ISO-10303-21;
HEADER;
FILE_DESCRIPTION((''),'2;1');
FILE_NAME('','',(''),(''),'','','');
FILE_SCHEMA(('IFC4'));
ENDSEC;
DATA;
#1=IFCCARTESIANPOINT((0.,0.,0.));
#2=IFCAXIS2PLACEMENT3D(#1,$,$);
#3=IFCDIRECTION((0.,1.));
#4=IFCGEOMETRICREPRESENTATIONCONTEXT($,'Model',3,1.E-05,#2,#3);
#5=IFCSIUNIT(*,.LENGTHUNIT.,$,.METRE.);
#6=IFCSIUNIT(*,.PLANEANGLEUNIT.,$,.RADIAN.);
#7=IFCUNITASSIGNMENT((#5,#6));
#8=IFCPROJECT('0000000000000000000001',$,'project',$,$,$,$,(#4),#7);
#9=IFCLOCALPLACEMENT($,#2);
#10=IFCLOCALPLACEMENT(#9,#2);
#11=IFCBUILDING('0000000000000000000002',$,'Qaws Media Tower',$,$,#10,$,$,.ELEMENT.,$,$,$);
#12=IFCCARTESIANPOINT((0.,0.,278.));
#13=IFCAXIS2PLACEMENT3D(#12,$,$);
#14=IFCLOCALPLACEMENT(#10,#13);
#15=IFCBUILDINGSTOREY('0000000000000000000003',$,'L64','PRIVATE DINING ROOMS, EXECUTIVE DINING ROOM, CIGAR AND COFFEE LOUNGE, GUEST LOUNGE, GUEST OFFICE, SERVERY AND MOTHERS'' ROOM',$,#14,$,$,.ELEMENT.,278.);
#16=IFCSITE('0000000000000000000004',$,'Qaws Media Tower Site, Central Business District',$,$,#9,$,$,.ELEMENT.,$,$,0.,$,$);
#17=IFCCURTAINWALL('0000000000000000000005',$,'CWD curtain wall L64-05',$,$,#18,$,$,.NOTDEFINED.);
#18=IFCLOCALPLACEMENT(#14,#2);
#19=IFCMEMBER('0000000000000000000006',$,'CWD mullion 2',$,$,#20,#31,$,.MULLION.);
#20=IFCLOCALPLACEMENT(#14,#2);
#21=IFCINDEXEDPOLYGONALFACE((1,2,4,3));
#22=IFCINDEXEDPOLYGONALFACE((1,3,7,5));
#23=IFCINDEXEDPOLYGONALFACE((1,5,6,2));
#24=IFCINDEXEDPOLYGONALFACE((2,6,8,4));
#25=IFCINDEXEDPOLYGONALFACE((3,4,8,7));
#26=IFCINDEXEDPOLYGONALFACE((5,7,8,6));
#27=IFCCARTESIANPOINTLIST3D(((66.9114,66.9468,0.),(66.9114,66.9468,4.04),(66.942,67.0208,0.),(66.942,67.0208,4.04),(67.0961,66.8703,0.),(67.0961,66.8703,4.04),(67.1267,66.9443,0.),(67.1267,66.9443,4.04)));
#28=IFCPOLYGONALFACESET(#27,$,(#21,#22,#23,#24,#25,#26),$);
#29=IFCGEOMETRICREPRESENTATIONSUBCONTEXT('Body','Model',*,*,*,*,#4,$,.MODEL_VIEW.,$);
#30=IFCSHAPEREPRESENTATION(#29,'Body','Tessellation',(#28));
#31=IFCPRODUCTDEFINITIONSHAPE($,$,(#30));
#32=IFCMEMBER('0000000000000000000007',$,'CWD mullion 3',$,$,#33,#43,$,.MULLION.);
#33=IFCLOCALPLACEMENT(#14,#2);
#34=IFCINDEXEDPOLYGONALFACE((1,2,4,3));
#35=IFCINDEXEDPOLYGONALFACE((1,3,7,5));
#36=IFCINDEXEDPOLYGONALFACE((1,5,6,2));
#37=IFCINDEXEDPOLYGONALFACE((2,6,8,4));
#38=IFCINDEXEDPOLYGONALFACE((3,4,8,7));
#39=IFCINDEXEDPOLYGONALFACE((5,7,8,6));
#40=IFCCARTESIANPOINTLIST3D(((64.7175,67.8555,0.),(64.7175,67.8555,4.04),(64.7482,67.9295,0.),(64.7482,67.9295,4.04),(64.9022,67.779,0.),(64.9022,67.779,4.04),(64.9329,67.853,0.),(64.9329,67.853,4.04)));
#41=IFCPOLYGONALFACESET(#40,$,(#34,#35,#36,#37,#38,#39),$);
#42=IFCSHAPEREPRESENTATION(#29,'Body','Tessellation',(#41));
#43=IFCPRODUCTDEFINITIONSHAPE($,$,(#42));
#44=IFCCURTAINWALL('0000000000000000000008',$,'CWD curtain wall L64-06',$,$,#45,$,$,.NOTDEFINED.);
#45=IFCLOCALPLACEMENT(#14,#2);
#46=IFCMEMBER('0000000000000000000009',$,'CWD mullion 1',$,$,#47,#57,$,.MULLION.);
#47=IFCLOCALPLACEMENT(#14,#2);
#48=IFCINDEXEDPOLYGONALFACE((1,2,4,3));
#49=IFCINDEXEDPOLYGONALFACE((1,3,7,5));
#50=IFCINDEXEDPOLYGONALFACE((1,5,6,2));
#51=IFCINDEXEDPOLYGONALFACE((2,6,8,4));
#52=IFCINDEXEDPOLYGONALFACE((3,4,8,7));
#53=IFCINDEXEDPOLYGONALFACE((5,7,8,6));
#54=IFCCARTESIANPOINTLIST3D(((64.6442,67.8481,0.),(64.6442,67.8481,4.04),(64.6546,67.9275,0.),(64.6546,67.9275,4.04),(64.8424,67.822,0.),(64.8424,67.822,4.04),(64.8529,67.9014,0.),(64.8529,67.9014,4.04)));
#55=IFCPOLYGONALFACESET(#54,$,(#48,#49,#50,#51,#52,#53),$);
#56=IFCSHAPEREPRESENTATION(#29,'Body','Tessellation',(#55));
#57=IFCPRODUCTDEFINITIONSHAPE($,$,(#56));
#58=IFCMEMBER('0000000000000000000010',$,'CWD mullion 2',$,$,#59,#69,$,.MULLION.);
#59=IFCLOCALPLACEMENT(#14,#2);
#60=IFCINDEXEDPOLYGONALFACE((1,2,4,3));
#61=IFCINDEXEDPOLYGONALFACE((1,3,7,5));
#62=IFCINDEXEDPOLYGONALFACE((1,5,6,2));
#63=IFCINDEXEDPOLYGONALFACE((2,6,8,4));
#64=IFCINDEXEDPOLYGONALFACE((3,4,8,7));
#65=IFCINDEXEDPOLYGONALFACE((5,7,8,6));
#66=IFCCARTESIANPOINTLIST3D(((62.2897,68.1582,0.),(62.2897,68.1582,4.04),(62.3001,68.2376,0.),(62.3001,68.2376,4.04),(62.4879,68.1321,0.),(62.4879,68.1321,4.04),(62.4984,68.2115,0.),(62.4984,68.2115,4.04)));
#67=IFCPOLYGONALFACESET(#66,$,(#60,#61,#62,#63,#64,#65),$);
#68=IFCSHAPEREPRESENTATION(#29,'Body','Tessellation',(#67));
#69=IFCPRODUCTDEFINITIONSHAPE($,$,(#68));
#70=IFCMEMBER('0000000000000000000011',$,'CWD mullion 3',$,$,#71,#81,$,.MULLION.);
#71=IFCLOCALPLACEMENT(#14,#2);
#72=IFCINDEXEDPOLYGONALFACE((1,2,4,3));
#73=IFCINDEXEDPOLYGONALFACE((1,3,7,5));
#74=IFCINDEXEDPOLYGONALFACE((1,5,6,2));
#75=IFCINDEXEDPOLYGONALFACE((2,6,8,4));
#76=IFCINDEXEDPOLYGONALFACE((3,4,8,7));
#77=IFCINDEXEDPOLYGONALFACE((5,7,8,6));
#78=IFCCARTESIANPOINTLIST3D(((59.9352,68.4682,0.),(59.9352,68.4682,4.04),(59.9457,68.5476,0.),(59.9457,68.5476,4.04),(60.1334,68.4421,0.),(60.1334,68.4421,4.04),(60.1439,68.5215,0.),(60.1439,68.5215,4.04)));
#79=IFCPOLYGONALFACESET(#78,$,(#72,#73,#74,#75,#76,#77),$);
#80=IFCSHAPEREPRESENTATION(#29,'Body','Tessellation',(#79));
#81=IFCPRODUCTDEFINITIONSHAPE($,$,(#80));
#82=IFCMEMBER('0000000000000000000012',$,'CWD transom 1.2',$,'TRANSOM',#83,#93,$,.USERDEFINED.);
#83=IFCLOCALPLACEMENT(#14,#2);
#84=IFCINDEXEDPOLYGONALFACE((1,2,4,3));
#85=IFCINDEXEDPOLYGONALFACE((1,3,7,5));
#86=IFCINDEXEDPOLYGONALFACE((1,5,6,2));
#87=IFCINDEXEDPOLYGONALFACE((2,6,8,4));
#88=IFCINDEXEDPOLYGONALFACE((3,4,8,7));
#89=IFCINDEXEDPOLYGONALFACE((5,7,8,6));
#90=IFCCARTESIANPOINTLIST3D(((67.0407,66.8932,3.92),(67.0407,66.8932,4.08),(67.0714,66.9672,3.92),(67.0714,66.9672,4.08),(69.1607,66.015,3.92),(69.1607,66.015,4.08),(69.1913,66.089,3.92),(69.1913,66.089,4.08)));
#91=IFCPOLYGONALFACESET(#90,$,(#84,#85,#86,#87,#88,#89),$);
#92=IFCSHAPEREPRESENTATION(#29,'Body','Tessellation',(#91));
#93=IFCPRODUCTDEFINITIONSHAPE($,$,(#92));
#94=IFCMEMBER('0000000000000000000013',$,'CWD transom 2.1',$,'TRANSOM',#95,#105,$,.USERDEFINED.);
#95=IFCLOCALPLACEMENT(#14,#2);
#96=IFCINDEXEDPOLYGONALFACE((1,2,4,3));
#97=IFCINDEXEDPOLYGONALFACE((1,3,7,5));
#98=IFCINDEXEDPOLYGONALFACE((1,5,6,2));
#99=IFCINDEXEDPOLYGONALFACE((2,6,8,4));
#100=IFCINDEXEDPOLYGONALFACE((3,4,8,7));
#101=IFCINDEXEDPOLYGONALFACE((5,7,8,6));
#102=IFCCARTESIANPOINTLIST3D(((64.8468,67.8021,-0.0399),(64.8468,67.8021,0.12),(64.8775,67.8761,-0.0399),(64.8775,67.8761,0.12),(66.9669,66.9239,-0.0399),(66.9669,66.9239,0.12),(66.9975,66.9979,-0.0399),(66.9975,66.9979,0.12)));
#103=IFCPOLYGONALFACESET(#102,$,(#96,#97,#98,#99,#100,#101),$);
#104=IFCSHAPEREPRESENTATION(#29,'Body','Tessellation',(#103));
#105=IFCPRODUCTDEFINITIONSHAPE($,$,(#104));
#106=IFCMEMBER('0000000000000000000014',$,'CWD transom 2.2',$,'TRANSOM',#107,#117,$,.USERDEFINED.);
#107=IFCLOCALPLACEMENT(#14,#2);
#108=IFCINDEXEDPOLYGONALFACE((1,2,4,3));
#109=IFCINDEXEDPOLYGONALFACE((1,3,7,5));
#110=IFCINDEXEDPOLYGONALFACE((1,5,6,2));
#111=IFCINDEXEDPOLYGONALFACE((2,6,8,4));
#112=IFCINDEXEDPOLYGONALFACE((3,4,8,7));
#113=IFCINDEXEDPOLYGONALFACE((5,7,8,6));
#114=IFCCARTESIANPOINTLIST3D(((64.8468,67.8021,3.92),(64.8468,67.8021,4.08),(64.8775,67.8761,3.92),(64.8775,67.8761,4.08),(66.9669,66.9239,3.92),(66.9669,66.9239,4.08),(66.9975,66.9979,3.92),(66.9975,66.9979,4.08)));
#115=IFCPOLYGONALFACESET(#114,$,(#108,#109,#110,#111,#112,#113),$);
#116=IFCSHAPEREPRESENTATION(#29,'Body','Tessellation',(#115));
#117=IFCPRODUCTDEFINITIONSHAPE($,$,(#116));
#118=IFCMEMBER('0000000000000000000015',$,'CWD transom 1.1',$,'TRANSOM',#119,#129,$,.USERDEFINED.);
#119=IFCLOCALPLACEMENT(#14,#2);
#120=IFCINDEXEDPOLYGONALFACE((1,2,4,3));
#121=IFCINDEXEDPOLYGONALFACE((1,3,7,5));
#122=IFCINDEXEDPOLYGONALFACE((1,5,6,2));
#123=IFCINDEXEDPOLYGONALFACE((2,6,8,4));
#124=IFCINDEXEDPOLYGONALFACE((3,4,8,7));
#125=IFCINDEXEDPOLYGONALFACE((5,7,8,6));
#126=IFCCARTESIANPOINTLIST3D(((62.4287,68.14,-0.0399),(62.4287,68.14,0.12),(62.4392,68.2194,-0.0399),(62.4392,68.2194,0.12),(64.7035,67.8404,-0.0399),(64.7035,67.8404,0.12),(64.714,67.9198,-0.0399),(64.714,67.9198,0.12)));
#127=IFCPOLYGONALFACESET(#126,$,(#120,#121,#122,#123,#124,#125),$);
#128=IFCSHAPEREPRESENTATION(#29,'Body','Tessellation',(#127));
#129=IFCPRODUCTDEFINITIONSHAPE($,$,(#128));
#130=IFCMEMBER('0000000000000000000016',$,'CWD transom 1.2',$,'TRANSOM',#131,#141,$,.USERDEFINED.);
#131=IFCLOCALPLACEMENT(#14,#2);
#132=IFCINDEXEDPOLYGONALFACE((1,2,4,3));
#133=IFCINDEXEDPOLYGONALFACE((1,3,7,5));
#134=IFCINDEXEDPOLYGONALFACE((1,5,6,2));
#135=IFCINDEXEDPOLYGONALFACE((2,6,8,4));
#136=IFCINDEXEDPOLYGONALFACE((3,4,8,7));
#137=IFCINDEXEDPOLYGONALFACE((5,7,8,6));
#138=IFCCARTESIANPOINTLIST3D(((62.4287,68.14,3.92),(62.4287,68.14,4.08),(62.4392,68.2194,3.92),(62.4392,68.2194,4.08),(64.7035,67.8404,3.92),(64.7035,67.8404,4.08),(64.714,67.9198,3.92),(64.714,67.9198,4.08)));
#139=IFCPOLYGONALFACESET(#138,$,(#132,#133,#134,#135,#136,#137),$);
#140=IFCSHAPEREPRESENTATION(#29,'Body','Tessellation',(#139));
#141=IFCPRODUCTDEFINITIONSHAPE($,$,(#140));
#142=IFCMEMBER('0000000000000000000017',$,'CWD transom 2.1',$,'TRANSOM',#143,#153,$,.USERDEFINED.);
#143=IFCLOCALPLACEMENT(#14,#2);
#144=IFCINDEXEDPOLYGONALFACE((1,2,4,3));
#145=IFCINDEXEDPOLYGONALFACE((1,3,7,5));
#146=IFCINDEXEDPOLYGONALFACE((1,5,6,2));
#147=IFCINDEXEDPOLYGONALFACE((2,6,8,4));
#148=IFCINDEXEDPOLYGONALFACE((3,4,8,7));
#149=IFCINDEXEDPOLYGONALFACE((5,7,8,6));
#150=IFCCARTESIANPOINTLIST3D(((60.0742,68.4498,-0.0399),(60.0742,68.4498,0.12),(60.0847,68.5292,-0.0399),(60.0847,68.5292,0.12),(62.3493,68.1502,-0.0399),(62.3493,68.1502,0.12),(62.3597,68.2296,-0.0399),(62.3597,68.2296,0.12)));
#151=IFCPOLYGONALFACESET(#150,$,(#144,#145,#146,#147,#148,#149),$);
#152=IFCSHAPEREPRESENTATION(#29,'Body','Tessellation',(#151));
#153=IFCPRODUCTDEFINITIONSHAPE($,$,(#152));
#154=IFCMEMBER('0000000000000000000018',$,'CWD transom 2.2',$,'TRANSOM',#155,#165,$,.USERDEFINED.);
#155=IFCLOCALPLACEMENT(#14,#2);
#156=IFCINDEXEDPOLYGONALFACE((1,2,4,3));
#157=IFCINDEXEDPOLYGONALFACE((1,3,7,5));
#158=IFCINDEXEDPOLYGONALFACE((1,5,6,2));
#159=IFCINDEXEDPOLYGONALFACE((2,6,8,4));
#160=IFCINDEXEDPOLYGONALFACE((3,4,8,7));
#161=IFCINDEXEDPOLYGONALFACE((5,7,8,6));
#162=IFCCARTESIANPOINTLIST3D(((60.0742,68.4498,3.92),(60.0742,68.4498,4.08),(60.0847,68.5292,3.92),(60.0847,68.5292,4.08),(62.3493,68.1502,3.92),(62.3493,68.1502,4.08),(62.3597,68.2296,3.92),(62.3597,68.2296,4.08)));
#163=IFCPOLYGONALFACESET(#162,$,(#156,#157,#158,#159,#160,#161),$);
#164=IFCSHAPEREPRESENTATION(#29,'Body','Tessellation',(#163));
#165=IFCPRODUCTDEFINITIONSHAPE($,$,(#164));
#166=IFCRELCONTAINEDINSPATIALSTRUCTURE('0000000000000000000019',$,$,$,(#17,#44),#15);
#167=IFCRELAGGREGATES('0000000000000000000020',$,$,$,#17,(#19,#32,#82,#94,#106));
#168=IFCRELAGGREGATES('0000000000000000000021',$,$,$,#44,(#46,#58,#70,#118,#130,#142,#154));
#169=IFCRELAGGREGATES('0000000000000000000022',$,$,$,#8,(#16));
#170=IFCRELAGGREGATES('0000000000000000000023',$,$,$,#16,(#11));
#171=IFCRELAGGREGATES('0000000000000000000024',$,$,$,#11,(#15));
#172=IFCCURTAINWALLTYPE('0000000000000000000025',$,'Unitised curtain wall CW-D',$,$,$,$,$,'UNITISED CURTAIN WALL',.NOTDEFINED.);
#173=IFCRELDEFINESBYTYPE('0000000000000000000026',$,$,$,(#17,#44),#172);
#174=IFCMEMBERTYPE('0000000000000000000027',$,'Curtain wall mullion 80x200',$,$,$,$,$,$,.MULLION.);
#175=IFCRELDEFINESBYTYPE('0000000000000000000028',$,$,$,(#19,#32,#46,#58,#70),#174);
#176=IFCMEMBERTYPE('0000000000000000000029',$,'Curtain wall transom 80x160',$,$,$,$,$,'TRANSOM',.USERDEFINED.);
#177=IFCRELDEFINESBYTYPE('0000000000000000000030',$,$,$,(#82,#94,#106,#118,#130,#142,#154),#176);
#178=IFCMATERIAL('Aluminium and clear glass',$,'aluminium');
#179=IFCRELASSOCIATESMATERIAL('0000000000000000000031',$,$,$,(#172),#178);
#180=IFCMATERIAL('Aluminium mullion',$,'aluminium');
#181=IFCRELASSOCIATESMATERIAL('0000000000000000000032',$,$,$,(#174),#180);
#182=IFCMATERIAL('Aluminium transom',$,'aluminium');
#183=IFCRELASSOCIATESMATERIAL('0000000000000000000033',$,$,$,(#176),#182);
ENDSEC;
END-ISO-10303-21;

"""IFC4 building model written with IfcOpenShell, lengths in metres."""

from ifc_helpers import new_model, si_unit, direction, frame, origin, origin_2d, place, context, subcontext, project, spatial, rectangle, extrude, material, material_profile, profile_set, type_object, element, aggregate, save


model = new_model("IFC4")

# Units and contexts
model_context = context("Model", 3, precision=1e-05, world=origin(), true_north=direction((0.0, 1.0)))
body_context = subcontext(model_context, "Body", "Model", "MODEL_VIEW")
ifc_project = project(units=[si_unit("LENGTHUNIT", "METRE"), si_unit("PLANEANGLEUNIT", "RADIAN")], contexts=[model_context])

# Site, building, storey
site_placement = place(None, origin())
site = spatial("IfcSite", under=ifc_project, at=site_placement, Name="Qaws Media Tower Site, Central Business District", CompositionType="ELEMENT", RefElevation=0.0)
building_placement = place(site_placement, origin())
building = spatial("IfcBuilding", under=site, at=building_placement, Name="Qaws Media Tower", CompositionType="ELEMENT")
storey_placement = place(building_placement, frame((0.0, 0.0, 278.0)))
storey = spatial("IfcBuildingStorey", under=building, at=storey_placement, Name="L64", Description="PRIVATE DINING ROOMS, EXECUTIVE DINING ROOM, CIGAR AND COFFEE LOUNGE, GUEST LOUNGE, GUEST OFFICE, SERVERY AND MOTHERS' ROOM", CompositionType="ELEMENT", Elevation=278.0)

# Curtain walls, members
ifc_material_1 = material(Name="Aluminium and clear glass", Category="aluminium")
curtain_wall_type = type_object("IfcCurtainWallType", Name="Unitised curtain wall CW-D", ElementType="UNITISED CURTAIN WALL", PredefinedType="NOTDEFINED", material=ifc_material_1)
curtain_wall_1_placement = place(storey_placement, origin())
curtain_wall_1 = element("IfcCurtainWall", 1, at=curtain_wall_1_placement, inside=storey, type_object=curtain_wall_type, Name="CWD curtain wall L64-05", PredefinedType="NOTDEFINED")
ifc_material_2 = material(Name="Aluminium mullion", Category="aluminium")
ifc_material_profile_1 = material_profile(ifc_material_2, rectangle(XDim=0.0801, YDim=0.2, at=origin_2d()), Name="80x200")
ifc_profile_set_1 = profile_set([ifc_material_profile_1], Name="Aluminium mullion")
member_type_1 = type_object("IfcMemberType", Name="Curtain wall mullion 80x200", PredefinedType="MULLION", material=ifc_profile_set_1)
member_1_placement = place(storey_placement, frame((67.019, 66.9456, 0.0), z_axis=(0.0, 0.0, 1.0), x_axis=(-0.382683, -0.92388, 0.0)))
member_1 = element("IfcMember", 2, at=member_1_placement, type_object=member_type_1, Name="CWD mullion 2", PredefinedType="MULLION", context=body_context, shape_type="SweptSolid", body=[
    extrude(rectangle(XDim=0.0801, YDim=0.2, at=origin_2d()), origin(), (0.0, 0.0, 1.0), 4.04),
])
member_2_placement = place(storey_placement, frame((64.8252, 67.8542, 0.0), z_axis=(0.0, 0.0, 1.0), x_axis=(-0.382683, -0.92388, 0.0)))
member_2 = element("IfcMember", 3, at=member_2_placement, type_object=member_type_1, Name="CWD mullion 3", PredefinedType="MULLION", context=body_context, shape_type="SweptSolid", body=[
    extrude(rectangle(XDim=0.0801, YDim=0.2, at=origin_2d()), origin(), (0.0, 0.0, 1.0), 4.04),
])
curtain_wall_2_placement = place(storey_placement, origin())
curtain_wall_2 = element("IfcCurtainWall", 4, at=curtain_wall_2_placement, inside=storey, type_object=curtain_wall_type, Name="CWD curtain wall L64-06", PredefinedType="NOTDEFINED")
member_3_placement = place(storey_placement, frame((64.7485, 67.8748, 0.0), z_axis=(0.0, 0.0, 1.0), x_axis=(-0.130526, -0.991445, 0.0)))
member_3 = element("IfcMember", 5, at=member_3_placement, type_object=member_type_1, Name="CWD mullion 1", PredefinedType="MULLION", context=body_context, shape_type="SweptSolid", body=[
    extrude(rectangle(XDim=0.0801, YDim=0.2, at=origin_2d()), origin(), (0.0, 0.0, 1.0), 4.04),
])
member_4_placement = place(storey_placement, frame((62.394, 68.1848, 0.0), z_axis=(0.0, 0.0, 1.0), x_axis=(-0.130526, -0.991445, 0.0)))
member_4 = element("IfcMember", 6, at=member_4_placement, type_object=member_type_1, Name="CWD mullion 2", PredefinedType="MULLION", context=body_context, shape_type="SweptSolid", body=[
    extrude(rectangle(XDim=0.0801, YDim=0.2, at=origin_2d()), origin(), (0.0, 0.0, 1.0), 4.04),
])
member_5_placement = place(storey_placement, frame((60.0396, 68.4949, 0.0), z_axis=(0.0, 0.0, 1.0), x_axis=(-0.130526, -0.991445, 0.0)))
member_5 = element("IfcMember", 7, at=member_5_placement, type_object=member_type_1, Name="CWD mullion 3", PredefinedType="MULLION", context=body_context, shape_type="SweptSolid", body=[
    extrude(rectangle(XDim=0.0801, YDim=0.2, at=origin_2d()), origin(), (0.0, 0.0, 1.0), 4.04),
])

# Members
ifc_material_3 = material(Name="Aluminium transom", Category="aluminium")
ifc_material_profile_2 = material_profile(ifc_material_3, rectangle(XDim=0.0801, YDim=0.1599, at=origin_2d()), Name="80x160")
ifc_profile_set_2 = profile_set([ifc_material_profile_2], Name="Aluminium transom")
member_type_2 = type_object("IfcMemberType", Name="Curtain wall transom 80x160", ElementType="TRANSOM", PredefinedType="USERDEFINED", material=ifc_profile_set_2)
member_6_placement = place(storey_placement, frame((69.176, 66.052, 4.0), z_axis=(-0.923865, 0.382718, 0.0), x_axis=(-0.382718, -0.923865, 0.0)))
member_6 = element("IfcMember", 8, at=member_6_placement, type_object=member_type_2, Name="CWD transom 1.2", ObjectType="TRANSOM", PredefinedType="USERDEFINED", context=body_context, shape_type="SweptSolid", body=[
    extrude(rectangle(XDim=0.0801, YDim=0.1599, at=origin_2d()), origin(), (0.0, 0.0, 1.0), 2.2947),
])
member_7_placement = place(storey_placement, frame((66.9822, 66.9609, 0.04), z_axis=(-0.923881, 0.382681, 0.0), x_axis=(-0.382681, -0.923881, 0.0)))
member_7 = element("IfcMember", 9, at=member_7_placement, type_object=member_type_2, Name="CWD transom 2.1", ObjectType="TRANSOM", PredefinedType="USERDEFINED", context=body_context, shape_type="SweptSolid", body=[
    extrude(rectangle(XDim=0.0801, YDim=0.1599, at=origin_2d()), origin(), (0.0, 0.0, 1.0), 2.2947),
])
member_8_placement = place(storey_placement, frame((66.9822, 66.9609, 4.0), z_axis=(-0.923881, 0.382681, 0.0), x_axis=(-0.382681, -0.923881, 0.0)))
member_8 = element("IfcMember", 10, at=member_8_placement, type_object=member_type_2, Name="CWD transom 2.2", ObjectType="TRANSOM", PredefinedType="USERDEFINED", context=body_context, shape_type="SweptSolid", body=[
    extrude(rectangle(XDim=0.0801, YDim=0.1599, at=origin_2d()), origin(), (0.0, 0.0, 1.0), 2.2947),
])
member_9_placement = place(storey_placement, frame((64.7087, 67.8801, 0.04), z_axis=(-0.991441, 0.130554, 0.0), x_axis=(-0.130554, -0.991441, 0.0)))
member_9 = element("IfcMember", 11, at=member_9_placement, type_object=member_type_2, Name="CWD transom 1.1", ObjectType="TRANSOM", PredefinedType="USERDEFINED", context=body_context, shape_type="SweptSolid", body=[
    extrude(rectangle(XDim=0.0801, YDim=0.1599, at=origin_2d()), origin(), (0.0, 0.0, 1.0), 2.2944),
])
member_10_placement = place(storey_placement, frame((64.7087, 67.8801, 4.0), z_axis=(-0.991441, 0.130554, 0.0), x_axis=(-0.130554, -0.991441, 0.0)))
member_10 = element("IfcMember", 12, at=member_10_placement, type_object=member_type_2, Name="CWD transom 1.2", ObjectType="TRANSOM", PredefinedType="USERDEFINED", context=body_context, shape_type="SweptSolid", body=[
    extrude(rectangle(XDim=0.0801, YDim=0.1599, at=origin_2d()), origin(), (0.0, 0.0, 1.0), 2.2944),
])
member_11_placement = place(storey_placement, frame((62.3545, 68.1899, 0.04), z_axis=(-0.991443, 0.13054, 0.0), x_axis=(-0.13054, -0.991443, 0.0)))
member_11 = element("IfcMember", 13, at=member_11_placement, type_object=member_type_2, Name="CWD transom 2.1", ObjectType="TRANSOM", PredefinedType="USERDEFINED", context=body_context, shape_type="SweptSolid", body=[
    extrude(rectangle(XDim=0.0801, YDim=0.1599, at=origin_2d()), origin(), (0.0, 0.0, 1.0), 2.2947),
])
member_12_placement = place(storey_placement, frame((62.3545, 68.1899, 4.0), z_axis=(-0.991443, 0.13054, 0.0), x_axis=(-0.13054, -0.991443, 0.0)))
member_12 = element("IfcMember", 14, at=member_12_placement, type_object=member_type_2, Name="CWD transom 2.2", ObjectType="TRANSOM", PredefinedType="USERDEFINED", context=body_context, shape_type="SweptSolid", body=[
    extrude(rectangle(XDim=0.0801, YDim=0.1599, at=origin_2d()), origin(), (0.0, 0.0, 1.0), 2.2947),
])

aggregate(curtain_wall_1, [member_1, member_2, member_6, member_7, member_8])
aggregate(curtain_wall_2, [member_3, member_4, member_5, member_9, member_10, member_11, member_12])

save(model, "model.ifc")
